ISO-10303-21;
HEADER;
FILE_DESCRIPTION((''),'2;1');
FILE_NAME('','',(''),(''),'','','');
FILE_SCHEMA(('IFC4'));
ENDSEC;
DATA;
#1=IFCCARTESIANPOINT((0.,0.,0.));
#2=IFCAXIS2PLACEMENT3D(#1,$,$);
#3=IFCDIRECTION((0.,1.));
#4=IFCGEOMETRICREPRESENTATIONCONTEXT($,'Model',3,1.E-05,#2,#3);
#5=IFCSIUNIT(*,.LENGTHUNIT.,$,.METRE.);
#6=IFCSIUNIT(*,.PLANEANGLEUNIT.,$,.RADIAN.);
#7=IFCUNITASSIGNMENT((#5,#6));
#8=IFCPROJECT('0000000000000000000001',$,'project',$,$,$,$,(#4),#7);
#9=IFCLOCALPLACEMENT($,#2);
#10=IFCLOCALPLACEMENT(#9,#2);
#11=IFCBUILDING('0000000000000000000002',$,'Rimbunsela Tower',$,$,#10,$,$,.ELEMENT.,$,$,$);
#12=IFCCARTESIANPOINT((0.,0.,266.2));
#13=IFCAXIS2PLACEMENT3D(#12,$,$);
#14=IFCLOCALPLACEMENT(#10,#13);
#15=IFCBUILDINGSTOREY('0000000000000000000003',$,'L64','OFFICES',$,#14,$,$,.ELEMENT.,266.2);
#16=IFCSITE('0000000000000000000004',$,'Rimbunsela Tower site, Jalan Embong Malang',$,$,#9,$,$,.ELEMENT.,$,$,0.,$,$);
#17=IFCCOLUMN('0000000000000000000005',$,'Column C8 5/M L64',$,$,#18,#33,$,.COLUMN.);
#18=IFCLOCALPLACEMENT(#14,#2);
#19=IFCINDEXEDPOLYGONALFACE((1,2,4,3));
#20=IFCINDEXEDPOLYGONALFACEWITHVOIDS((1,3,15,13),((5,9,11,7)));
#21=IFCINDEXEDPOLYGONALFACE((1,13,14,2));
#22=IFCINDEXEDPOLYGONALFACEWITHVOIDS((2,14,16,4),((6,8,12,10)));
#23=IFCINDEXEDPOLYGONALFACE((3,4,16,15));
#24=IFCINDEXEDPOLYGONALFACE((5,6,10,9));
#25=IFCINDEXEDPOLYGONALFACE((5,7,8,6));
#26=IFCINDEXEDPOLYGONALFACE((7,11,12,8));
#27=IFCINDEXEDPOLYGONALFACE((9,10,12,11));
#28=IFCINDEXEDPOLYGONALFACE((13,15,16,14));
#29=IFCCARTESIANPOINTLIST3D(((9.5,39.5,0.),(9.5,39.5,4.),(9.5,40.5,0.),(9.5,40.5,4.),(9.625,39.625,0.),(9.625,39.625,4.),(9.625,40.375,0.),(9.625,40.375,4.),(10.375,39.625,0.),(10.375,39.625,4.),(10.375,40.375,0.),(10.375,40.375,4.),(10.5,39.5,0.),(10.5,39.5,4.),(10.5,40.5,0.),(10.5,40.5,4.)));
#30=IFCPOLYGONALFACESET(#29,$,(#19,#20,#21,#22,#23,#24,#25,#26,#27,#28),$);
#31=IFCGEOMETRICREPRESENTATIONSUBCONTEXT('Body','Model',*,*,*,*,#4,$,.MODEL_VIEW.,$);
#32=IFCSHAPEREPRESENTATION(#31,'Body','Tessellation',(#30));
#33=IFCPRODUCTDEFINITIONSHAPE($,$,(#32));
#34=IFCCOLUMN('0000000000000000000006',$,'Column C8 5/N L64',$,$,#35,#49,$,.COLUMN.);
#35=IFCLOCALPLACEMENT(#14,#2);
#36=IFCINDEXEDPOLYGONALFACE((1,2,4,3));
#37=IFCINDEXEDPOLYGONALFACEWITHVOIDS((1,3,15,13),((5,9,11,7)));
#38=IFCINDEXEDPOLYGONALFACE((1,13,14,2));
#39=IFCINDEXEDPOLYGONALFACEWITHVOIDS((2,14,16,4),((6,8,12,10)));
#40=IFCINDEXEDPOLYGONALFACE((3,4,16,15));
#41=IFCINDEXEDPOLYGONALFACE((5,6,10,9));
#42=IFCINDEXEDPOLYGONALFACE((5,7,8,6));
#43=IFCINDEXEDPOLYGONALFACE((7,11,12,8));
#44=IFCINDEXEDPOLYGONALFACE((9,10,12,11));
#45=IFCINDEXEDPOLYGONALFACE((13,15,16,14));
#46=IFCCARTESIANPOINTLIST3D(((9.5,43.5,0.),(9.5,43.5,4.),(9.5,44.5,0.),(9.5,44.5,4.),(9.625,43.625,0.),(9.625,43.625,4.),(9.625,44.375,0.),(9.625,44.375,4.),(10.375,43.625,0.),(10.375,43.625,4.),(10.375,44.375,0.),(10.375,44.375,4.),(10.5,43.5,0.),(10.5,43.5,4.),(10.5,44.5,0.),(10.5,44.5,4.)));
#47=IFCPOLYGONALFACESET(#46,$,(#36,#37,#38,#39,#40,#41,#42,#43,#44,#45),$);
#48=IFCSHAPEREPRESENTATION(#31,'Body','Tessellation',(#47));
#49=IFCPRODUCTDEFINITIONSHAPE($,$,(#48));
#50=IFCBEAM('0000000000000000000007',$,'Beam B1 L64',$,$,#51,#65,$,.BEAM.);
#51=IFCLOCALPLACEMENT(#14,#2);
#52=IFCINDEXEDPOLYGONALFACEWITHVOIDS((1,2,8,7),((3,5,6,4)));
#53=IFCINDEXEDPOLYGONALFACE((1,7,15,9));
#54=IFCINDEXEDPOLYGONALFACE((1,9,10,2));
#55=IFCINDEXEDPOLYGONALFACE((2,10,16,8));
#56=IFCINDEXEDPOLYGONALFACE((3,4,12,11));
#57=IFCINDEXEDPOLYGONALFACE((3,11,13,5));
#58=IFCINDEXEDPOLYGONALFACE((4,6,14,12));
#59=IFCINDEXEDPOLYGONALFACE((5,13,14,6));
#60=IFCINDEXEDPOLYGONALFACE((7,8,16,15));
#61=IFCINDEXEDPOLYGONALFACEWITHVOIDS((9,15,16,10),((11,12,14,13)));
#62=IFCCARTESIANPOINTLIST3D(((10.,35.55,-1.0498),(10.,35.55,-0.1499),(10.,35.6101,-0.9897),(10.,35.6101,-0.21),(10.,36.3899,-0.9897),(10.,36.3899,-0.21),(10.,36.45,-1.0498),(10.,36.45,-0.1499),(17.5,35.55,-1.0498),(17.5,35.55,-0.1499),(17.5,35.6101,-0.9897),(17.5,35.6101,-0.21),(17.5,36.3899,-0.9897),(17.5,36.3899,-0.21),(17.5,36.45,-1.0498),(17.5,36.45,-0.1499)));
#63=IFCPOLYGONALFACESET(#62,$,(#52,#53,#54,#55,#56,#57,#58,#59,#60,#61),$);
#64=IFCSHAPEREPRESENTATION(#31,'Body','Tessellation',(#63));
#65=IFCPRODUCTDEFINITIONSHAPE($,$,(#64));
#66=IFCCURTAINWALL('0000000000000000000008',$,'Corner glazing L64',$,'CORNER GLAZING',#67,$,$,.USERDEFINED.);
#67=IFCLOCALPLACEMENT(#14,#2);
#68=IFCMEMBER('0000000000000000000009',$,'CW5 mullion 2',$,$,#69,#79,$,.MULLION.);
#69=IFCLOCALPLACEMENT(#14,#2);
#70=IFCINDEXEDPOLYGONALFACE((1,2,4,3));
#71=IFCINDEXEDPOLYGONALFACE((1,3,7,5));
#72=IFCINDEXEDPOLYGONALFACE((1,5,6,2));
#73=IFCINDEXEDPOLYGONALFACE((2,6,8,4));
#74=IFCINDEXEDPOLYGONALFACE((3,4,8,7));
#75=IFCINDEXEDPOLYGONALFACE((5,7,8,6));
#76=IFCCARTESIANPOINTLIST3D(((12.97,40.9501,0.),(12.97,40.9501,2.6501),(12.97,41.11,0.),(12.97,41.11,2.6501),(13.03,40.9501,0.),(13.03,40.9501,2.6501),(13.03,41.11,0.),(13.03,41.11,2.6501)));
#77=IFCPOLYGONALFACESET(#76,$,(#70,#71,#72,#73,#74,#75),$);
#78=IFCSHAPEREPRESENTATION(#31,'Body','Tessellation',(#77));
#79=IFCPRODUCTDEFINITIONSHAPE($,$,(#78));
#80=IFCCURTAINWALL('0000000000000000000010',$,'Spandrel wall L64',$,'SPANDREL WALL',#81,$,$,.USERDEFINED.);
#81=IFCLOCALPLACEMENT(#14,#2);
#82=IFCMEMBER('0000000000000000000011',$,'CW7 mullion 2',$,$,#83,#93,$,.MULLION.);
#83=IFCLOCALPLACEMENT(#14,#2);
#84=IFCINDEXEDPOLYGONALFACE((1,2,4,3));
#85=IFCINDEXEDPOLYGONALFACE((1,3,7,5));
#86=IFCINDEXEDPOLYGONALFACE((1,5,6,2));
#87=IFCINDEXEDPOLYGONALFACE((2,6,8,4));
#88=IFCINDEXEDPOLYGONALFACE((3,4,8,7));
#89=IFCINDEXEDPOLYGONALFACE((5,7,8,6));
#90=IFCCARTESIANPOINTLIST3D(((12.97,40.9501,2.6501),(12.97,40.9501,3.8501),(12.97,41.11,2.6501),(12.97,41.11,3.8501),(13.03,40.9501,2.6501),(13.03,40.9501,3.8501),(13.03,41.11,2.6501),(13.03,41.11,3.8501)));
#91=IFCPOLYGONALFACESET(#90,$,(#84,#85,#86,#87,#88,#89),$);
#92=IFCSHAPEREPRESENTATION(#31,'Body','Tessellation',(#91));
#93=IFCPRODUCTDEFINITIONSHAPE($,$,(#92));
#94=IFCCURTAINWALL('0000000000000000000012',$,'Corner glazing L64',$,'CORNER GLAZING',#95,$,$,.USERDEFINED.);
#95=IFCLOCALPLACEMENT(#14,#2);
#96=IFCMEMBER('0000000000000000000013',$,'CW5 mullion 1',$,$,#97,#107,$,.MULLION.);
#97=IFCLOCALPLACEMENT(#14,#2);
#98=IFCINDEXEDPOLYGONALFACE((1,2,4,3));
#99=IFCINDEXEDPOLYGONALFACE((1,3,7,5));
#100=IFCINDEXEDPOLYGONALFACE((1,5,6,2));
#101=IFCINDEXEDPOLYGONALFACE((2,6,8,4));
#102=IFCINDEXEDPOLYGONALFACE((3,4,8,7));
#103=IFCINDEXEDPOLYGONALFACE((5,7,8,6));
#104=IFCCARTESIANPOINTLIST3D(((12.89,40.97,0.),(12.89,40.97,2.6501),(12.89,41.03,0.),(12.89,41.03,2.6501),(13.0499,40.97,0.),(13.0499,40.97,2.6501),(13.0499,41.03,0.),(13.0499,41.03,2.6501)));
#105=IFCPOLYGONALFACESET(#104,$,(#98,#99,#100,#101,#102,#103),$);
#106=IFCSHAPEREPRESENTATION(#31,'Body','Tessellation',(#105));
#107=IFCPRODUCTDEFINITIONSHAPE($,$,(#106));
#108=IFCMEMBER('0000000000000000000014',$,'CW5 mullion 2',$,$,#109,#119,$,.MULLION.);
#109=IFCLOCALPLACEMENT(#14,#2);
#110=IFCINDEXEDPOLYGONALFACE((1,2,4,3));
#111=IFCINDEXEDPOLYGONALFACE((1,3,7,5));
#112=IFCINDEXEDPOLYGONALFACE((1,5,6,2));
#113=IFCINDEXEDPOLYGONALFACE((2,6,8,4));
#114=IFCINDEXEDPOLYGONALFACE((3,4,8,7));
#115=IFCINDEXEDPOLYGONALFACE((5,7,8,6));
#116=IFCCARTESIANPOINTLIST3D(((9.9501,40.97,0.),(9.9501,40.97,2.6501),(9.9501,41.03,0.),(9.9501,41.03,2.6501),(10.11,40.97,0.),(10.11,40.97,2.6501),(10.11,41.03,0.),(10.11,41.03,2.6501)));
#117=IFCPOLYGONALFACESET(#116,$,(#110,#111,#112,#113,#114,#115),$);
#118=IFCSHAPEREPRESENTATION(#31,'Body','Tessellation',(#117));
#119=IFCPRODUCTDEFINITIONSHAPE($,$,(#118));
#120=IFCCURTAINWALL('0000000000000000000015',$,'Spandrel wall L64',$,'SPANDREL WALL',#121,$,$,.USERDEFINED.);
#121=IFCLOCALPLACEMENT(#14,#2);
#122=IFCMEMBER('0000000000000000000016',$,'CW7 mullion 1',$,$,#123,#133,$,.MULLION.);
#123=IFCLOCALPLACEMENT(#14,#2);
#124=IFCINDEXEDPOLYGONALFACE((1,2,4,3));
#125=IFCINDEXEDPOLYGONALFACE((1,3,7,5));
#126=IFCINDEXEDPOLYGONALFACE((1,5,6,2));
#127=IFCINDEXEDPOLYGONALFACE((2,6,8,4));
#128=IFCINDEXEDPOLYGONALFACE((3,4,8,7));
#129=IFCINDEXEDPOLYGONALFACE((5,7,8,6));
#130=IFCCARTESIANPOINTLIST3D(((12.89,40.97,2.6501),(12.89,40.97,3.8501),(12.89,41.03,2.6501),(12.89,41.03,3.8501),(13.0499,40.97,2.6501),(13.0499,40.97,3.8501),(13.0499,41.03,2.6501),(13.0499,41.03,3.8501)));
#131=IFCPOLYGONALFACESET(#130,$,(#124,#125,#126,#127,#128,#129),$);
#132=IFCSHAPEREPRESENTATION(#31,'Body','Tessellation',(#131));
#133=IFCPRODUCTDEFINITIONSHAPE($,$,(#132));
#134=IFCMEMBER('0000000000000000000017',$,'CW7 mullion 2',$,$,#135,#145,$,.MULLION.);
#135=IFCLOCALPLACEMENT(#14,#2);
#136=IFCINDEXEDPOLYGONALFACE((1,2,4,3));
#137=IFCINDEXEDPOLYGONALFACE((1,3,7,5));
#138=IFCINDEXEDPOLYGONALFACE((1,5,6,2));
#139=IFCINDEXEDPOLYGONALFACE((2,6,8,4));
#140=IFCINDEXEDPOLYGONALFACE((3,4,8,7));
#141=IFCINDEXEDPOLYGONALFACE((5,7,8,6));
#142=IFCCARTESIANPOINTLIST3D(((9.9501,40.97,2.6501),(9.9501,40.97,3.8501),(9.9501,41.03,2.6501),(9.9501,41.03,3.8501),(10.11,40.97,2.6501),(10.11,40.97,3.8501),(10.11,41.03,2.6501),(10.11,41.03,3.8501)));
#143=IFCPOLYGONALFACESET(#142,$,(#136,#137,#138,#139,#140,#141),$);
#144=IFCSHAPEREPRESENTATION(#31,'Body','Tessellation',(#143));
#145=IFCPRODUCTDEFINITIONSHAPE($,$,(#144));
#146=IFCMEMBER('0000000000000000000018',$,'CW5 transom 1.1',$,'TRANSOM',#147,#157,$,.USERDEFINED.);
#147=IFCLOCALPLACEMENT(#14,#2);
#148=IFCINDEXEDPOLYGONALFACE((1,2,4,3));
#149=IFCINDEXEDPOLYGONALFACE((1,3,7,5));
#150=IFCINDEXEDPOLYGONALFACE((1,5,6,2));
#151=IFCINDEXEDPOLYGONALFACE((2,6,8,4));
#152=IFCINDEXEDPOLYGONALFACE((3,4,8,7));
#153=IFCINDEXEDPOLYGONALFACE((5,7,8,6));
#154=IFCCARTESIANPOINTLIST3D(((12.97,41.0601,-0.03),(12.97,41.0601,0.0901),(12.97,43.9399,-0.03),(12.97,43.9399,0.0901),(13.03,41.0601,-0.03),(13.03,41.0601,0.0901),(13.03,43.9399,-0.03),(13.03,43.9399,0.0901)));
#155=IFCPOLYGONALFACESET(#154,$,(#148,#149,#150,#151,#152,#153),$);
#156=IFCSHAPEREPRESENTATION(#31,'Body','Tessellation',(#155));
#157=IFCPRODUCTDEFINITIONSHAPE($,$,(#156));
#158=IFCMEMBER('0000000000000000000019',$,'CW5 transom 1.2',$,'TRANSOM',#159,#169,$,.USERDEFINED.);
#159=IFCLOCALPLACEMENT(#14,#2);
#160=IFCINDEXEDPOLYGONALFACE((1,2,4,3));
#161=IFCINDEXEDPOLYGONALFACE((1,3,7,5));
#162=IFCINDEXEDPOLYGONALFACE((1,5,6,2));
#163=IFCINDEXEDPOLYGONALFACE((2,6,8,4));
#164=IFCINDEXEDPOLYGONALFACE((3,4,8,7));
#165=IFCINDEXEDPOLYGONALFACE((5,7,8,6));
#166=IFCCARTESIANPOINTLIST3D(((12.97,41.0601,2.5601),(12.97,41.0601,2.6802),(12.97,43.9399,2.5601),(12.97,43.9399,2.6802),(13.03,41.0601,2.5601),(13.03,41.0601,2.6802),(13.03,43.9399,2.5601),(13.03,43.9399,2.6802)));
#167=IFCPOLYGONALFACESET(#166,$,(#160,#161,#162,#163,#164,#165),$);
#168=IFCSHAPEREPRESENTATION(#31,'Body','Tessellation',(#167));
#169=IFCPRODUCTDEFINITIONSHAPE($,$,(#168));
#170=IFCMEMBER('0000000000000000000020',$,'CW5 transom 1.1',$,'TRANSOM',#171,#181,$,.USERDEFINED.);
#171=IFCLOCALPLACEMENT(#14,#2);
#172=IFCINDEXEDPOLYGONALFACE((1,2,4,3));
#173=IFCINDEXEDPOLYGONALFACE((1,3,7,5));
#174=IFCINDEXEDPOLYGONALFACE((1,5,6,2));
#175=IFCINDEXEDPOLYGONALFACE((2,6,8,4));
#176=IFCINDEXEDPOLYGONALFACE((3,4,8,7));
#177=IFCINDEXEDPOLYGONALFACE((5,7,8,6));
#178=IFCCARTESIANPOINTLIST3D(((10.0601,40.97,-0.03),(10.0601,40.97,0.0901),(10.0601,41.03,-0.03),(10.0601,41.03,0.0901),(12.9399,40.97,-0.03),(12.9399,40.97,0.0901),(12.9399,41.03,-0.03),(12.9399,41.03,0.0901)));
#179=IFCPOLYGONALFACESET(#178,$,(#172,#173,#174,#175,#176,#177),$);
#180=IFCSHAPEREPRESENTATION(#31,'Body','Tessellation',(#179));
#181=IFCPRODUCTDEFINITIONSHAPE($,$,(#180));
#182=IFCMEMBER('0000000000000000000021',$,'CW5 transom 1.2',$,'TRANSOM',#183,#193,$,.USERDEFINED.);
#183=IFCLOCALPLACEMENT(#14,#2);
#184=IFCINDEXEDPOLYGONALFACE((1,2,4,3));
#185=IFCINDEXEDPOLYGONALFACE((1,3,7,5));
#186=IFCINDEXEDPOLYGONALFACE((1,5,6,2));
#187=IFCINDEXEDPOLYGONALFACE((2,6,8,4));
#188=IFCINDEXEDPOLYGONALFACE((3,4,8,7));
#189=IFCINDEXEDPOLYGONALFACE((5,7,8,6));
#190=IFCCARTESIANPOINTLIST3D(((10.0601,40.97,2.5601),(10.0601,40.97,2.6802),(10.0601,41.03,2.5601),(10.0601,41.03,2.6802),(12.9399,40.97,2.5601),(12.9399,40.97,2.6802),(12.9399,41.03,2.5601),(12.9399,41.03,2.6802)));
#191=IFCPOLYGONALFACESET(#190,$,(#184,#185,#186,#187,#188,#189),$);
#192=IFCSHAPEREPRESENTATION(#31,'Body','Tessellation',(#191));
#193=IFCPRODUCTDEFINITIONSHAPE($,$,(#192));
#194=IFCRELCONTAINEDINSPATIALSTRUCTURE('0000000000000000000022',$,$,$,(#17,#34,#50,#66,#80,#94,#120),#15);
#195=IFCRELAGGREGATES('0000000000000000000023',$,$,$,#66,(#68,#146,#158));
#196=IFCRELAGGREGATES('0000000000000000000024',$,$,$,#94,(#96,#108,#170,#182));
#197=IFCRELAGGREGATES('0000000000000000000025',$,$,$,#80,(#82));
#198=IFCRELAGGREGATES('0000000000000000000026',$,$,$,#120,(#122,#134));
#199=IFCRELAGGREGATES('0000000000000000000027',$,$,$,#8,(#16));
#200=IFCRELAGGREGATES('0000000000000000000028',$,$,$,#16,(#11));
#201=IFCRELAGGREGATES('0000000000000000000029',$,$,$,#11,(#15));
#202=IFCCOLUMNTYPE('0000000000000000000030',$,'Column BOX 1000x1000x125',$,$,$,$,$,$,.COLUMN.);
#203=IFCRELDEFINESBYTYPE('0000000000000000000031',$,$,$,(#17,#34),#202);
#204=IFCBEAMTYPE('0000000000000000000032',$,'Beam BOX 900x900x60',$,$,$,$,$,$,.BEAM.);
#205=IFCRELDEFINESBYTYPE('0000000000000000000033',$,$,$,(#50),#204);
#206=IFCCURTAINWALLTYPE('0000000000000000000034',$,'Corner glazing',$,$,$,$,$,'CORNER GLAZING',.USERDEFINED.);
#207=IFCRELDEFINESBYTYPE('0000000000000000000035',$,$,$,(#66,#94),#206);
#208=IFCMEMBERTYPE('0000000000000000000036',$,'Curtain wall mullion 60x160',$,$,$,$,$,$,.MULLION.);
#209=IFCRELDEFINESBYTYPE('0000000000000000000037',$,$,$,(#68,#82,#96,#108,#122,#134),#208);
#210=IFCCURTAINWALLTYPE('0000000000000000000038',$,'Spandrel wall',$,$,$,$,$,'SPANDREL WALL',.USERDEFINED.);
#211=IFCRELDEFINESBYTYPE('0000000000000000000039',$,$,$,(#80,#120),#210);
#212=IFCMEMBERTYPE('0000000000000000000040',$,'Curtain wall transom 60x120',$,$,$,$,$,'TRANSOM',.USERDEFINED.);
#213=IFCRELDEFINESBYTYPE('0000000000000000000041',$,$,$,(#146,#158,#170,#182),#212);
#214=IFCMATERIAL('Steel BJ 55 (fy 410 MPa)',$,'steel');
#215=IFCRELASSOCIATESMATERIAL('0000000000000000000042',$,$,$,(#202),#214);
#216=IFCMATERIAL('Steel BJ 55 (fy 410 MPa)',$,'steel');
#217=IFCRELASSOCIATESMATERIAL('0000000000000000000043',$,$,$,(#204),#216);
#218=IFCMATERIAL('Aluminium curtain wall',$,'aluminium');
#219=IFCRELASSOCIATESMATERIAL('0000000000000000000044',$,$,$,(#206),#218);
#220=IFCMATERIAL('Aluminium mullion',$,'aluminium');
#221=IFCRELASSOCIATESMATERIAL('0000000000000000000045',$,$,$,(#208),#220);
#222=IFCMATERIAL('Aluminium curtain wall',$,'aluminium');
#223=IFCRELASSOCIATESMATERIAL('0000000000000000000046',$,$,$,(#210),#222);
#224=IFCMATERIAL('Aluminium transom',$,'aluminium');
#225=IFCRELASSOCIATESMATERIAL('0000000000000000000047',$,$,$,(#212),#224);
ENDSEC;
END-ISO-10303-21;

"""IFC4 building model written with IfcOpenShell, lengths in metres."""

from ifc_helpers import new_model, si_unit, direction, frame, origin, origin_2d, place, context, subcontext, project, spatial, rectangle, hollow_rectangle, extrude, material, material_profile, profile_set, type_object, element, aggregate, save


model = new_model("IFC4")

# Units and contexts
model_context = context("Model", 3, precision=1e-05, world=origin(), true_north=direction((0.0, 1.0)))
body_context = subcontext(model_context, "Body", "Model", "MODEL_VIEW")
ifc_project = project(units=[si_unit("LENGTHUNIT", "METRE"), si_unit("PLANEANGLEUNIT", "RADIAN")], contexts=[model_context])

# Site, building, storey
site_placement = place(None, origin())
site = spatial("IfcSite", under=ifc_project, at=site_placement, Name="Rimbunsela Tower site, Jalan Embong Malang", CompositionType="ELEMENT", RefElevation=0.0)
building_placement = place(site_placement, origin())
building = spatial("IfcBuilding", under=site, at=building_placement, Name="Rimbunsela Tower", CompositionType="ELEMENT")
storey_placement = place(building_placement, frame((0.0, 0.0, 266.2)))
storey = spatial("IfcBuildingStorey", under=building, at=storey_placement, Name="L64", Description="OFFICES", CompositionType="ELEMENT", Elevation=266.2)

# Columns
ifc_material_1 = material(Name="Steel BJ 55 (fy 410 MPa)", Category="steel")
ifc_material_profile_1 = material_profile(ifc_material_1, hollow_rectangle(XDim=1.0, YDim=1.0, WallThickness=0.125, at=origin_2d()), Name="BOX 1000x1000x125")
ifc_profile_set_1 = profile_set([ifc_material_profile_1], Name="Steel BJ 55 (fy 410 MPa)")
column_type = type_object("IfcColumnType", Name="Column BOX 1000x1000x125", PredefinedType="COLUMN", material=ifc_profile_set_1)
for number, where, z_axis, x_axis, name in (
    (1, (10.0, 40.0, 0.0), (0.0, 0.0, 1.0), (1.0, 0.0, 0.0), "Column C8 5/M L64"),
    (2, (10.0, 44.0, 0.0), (0.0, 0.0, 1.0), (1.0, 0.0, 0.0), "Column C8 5/N L64"),
):
    element("IfcColumn", number, at=place(storey_placement, frame(where, z_axis=z_axis, x_axis=x_axis)), inside=storey, type_object=column_type, Name=name, PredefinedType="COLUMN", context=body_context, shape_type="SweptSolid", body=[
        extrude(hollow_rectangle(XDim=1.0, YDim=1.0, WallThickness=0.125, at=origin_2d()), origin(), (0.0, 0.0, 1.0), 4.0),
    ])

# Beam
ifc_material_2 = material(Name="Steel BJ 55 (fy 410 MPa)", Category="steel")
ifc_material_profile_2 = material_profile(ifc_material_2, hollow_rectangle(XDim=0.8999, YDim=0.8999, WallThickness=0.0601, at=origin_2d()), Name="BOX 900x900x60")
ifc_profile_set_2 = profile_set([ifc_material_profile_2], Name="Steel BJ 55 (fy 410 MPa)")
beam_type = type_object("IfcBeamType", Name="Beam BOX 900x900x60", PredefinedType="BEAM", material=ifc_profile_set_2)
beam_placement = place(storey_placement, frame((10.0, 36.0, -0.5999), z_axis=(1.0, 0.0, 0.0), x_axis=(0.0, 1.0, 0.0)))
element("IfcBeam", 3, at=beam_placement, inside=storey, type_object=beam_type, Name="Beam B1 L64", PredefinedType="BEAM", context=body_context, shape_type="SweptSolid", body=[
    extrude(hollow_rectangle(XDim=0.8999, YDim=0.8999, WallThickness=0.0601, at=origin_2d()), origin(), (0.0, 0.0, 1.0), 7.5),
])

# Curtain walls, members
ifc_material_3 = material(Name="Aluminium curtain wall", Category="aluminium")
curtain_wall_type_1 = type_object("IfcCurtainWallType", Name="Corner glazing", ElementType="CORNER GLAZING", PredefinedType="USERDEFINED", material=ifc_material_3)
curtain_wall_1_placement = place(storey_placement, origin())
curtain_wall_1 = element("IfcCurtainWall", 4, at=curtain_wall_1_placement, inside=storey, type_object=curtain_wall_type_1, Name="Corner glazing L64", ObjectType="CORNER GLAZING", PredefinedType="USERDEFINED")
ifc_material_4 = material(Name="Aluminium mullion", Category="aluminium")
ifc_material_profile_3 = material_profile(ifc_material_4, rectangle(XDim=0.0601, YDim=0.1599, at=origin_2d()), Name="Mullion 60x160")
ifc_profile_set_3 = profile_set([ifc_material_profile_3], Name="Aluminium mullion")
member_type_1 = type_object("IfcMemberType", Name="Curtain wall mullion 60x160", PredefinedType="MULLION", material=ifc_profile_set_3)
member_1_placement = place(storey_placement, frame((13.0, 41.03, 0.0), z_axis=(0.0, 0.0, 1.0), x_axis=(1.0, 0.0, 0.0)))
member_1 = element("IfcMember", 5, at=member_1_placement, type_object=member_type_1, Name="CW5 mullion 2", PredefinedType="MULLION", context=body_context, shape_type="SweptSolid", body=[
    extrude(rectangle(XDim=0.0601, YDim=0.1599, at=origin_2d()), origin(), (0.0, 0.0, 1.0), 2.6501),
])
ifc_material_5 = material(Name="Aluminium curtain wall", Category="aluminium")
curtain_wall_type_2 = type_object("IfcCurtainWallType", Name="Spandrel wall", ElementType="SPANDREL WALL", PredefinedType="USERDEFINED", material=ifc_material_5)
curtain_wall_2_placement = place(storey_placement, origin())
curtain_wall_2 = element("IfcCurtainWall", 6, at=curtain_wall_2_placement, inside=storey, type_object=curtain_wall_type_2, Name="Spandrel wall L64", ObjectType="SPANDREL WALL", PredefinedType="USERDEFINED")
member_2_placement = place(storey_placement, frame((13.0, 41.03, 2.6501), z_axis=(0.0, 0.0, 1.0), x_axis=(1.0, 0.0, 0.0)))
member_2 = element("IfcMember", 7, at=member_2_placement, type_object=member_type_1, Name="CW7 mullion 2", PredefinedType="MULLION", context=body_context, shape_type="SweptSolid", body=[
    extrude(rectangle(XDim=0.0601, YDim=0.1599, at=origin_2d()), origin(), (0.0, 0.0, 1.0), 1.2),
])

# Curtain walls, members
curtain_wall_3_placement = place(storey_placement, origin())
curtain_wall_3 = element("IfcCurtainWall", 8, at=curtain_wall_3_placement, inside=storey, type_object=curtain_wall_type_1, Name="Corner glazing L64", ObjectType="CORNER GLAZING", PredefinedType="USERDEFINED")
member_3_placement = place(storey_placement, frame((12.97, 41.0, 0.0), z_axis=(0.0, 0.0, 1.0), x_axis=(0.0, -1.0, 0.0)))
member_3 = element("IfcMember", 9, at=member_3_placement, type_object=member_type_1, Name="CW5 mullion 1", PredefinedType="MULLION", context=body_context, shape_type="SweptSolid", body=[
    extrude(rectangle(XDim=0.0601, YDim=0.1599, at=origin_2d()), origin(), (0.0, 0.0, 1.0), 2.6501),
])
member_4_placement = place(storey_placement, frame((10.03, 41.0, 0.0), z_axis=(0.0, 0.0, 1.0), x_axis=(0.0, -1.0, 0.0)))
member_4 = element("IfcMember", 10, at=member_4_placement, type_object=member_type_1, Name="CW5 mullion 2", PredefinedType="MULLION", context=body_context, shape_type="SweptSolid", body=[
    extrude(rectangle(XDim=0.0601, YDim=0.1599, at=origin_2d()), origin(), (0.0, 0.0, 1.0), 2.6501),
])
curtain_wall_4_placement = place(storey_placement, origin())
curtain_wall_4 = element("IfcCurtainWall", 11, at=curtain_wall_4_placement, inside=storey, type_object=curtain_wall_type_2, Name="Spandrel wall L64", ObjectType="SPANDREL WALL", PredefinedType="USERDEFINED")
member_5_placement = place(storey_placement, frame((12.97, 41.0, 2.6501), z_axis=(0.0, 0.0, 1.0), x_axis=(0.0, -1.0, 0.0)))
member_5 = element("IfcMember", 12, at=member_5_placement, type_object=member_type_1, Name="CW7 mullion 1", PredefinedType="MULLION", context=body_context, shape_type="SweptSolid", body=[
    extrude(rectangle(XDim=0.0601, YDim=0.1599, at=origin_2d()), origin(), (0.0, 0.0, 1.0), 1.2),
])
member_6_placement = place(storey_placement, frame((10.03, 41.0, 2.6501), z_axis=(0.0, 0.0, 1.0), x_axis=(0.0, -1.0, 0.0)))
member_6 = element("IfcMember", 13, at=member_6_placement, type_object=member_type_1, Name="CW7 mullion 2", PredefinedType="MULLION", context=body_context, shape_type="SweptSolid", body=[
    extrude(rectangle(XDim=0.0601, YDim=0.1599, at=origin_2d()), origin(), (0.0, 0.0, 1.0), 1.2),
])

# Members
ifc_material_6 = material(Name="Aluminium transom", Category="aluminium")
ifc_material_profile_4 = material_profile(ifc_material_6, rectangle(XDim=0.0601, YDim=0.1201, at=origin_2d()), Name="Transom 60x120")
ifc_profile_set_4 = profile_set([ifc_material_profile_4], Name="Aluminium transom")
member_type_2 = type_object("IfcMemberType", Name="Curtain wall transom 60x120", ElementType="TRANSOM", PredefinedType="USERDEFINED", material=ifc_profile_set_4)
member_7_placement = place(storey_placement, frame((13.0, 43.9399, 0.03), z_axis=(0.0, -1.0, 0.0), x_axis=(1.0, 0.0, 0.0)))
member_7 = element("IfcMember", 14, at=member_7_placement, type_object=member_type_2, Name="CW5 transom 1.1", ObjectType="TRANSOM", PredefinedType="USERDEFINED", context=body_context, shape_type="SweptSolid", body=[
    extrude(rectangle(XDim=0.0601, YDim=0.1201, at=origin_2d()), origin(), (0.0, 0.0, 1.0), 2.8799),
])
member_8_placement = place(storey_placement, frame((13.0, 43.9399, 2.6201), z_axis=(0.0, -1.0, 0.0), x_axis=(1.0, 0.0, 0.0)))
member_8 = element("IfcMember", 15, at=member_8_placement, type_object=member_type_2, Name="CW5 transom 1.2", ObjectType="TRANSOM", PredefinedType="USERDEFINED", context=body_context, shape_type="SweptSolid", body=[
    extrude(rectangle(XDim=0.0601, YDim=0.1201, at=origin_2d()), origin(), (0.0, 0.0, 1.0), 2.8799),
])
member_9_placement = place(storey_placement, frame((12.9399, 41.0, 0.03), z_axis=(-1.0, 0.0, 0.0), x_axis=(0.0, -1.0, 0.0)))
member_9 = element("IfcMember", 16, at=member_9_placement, type_object=member_type_2, Name="CW5 transom 1.1", ObjectType="TRANSOM", PredefinedType="USERDEFINED", context=body_context, shape_type="SweptSolid", body=[
    extrude(rectangle(XDim=0.0601, YDim=0.1201, at=origin_2d()), origin(), (0.0, 0.0, 1.0), 2.8799),
])
member_10_placement = place(storey_placement, frame((12.9399, 41.0, 2.6201), z_axis=(-1.0, 0.0, 0.0), x_axis=(0.0, -1.0, 0.0)))
member_10 = element("IfcMember", 17, at=member_10_placement, type_object=member_type_2, Name="CW5 transom 1.2", ObjectType="TRANSOM", PredefinedType="USERDEFINED", context=body_context, shape_type="SweptSolid", body=[
    extrude(rectangle(XDim=0.0601, YDim=0.1201, at=origin_2d()), origin(), (0.0, 0.0, 1.0), 2.8799),
])

aggregate(curtain_wall_1, [member_1, member_7, member_8])
aggregate(curtain_wall_3, [member_3, member_4, member_9, member_10])
aggregate(curtain_wall_2, [member_2])
aggregate(curtain_wall_4, [member_5, member_6])

save(model, "model.ifc")
